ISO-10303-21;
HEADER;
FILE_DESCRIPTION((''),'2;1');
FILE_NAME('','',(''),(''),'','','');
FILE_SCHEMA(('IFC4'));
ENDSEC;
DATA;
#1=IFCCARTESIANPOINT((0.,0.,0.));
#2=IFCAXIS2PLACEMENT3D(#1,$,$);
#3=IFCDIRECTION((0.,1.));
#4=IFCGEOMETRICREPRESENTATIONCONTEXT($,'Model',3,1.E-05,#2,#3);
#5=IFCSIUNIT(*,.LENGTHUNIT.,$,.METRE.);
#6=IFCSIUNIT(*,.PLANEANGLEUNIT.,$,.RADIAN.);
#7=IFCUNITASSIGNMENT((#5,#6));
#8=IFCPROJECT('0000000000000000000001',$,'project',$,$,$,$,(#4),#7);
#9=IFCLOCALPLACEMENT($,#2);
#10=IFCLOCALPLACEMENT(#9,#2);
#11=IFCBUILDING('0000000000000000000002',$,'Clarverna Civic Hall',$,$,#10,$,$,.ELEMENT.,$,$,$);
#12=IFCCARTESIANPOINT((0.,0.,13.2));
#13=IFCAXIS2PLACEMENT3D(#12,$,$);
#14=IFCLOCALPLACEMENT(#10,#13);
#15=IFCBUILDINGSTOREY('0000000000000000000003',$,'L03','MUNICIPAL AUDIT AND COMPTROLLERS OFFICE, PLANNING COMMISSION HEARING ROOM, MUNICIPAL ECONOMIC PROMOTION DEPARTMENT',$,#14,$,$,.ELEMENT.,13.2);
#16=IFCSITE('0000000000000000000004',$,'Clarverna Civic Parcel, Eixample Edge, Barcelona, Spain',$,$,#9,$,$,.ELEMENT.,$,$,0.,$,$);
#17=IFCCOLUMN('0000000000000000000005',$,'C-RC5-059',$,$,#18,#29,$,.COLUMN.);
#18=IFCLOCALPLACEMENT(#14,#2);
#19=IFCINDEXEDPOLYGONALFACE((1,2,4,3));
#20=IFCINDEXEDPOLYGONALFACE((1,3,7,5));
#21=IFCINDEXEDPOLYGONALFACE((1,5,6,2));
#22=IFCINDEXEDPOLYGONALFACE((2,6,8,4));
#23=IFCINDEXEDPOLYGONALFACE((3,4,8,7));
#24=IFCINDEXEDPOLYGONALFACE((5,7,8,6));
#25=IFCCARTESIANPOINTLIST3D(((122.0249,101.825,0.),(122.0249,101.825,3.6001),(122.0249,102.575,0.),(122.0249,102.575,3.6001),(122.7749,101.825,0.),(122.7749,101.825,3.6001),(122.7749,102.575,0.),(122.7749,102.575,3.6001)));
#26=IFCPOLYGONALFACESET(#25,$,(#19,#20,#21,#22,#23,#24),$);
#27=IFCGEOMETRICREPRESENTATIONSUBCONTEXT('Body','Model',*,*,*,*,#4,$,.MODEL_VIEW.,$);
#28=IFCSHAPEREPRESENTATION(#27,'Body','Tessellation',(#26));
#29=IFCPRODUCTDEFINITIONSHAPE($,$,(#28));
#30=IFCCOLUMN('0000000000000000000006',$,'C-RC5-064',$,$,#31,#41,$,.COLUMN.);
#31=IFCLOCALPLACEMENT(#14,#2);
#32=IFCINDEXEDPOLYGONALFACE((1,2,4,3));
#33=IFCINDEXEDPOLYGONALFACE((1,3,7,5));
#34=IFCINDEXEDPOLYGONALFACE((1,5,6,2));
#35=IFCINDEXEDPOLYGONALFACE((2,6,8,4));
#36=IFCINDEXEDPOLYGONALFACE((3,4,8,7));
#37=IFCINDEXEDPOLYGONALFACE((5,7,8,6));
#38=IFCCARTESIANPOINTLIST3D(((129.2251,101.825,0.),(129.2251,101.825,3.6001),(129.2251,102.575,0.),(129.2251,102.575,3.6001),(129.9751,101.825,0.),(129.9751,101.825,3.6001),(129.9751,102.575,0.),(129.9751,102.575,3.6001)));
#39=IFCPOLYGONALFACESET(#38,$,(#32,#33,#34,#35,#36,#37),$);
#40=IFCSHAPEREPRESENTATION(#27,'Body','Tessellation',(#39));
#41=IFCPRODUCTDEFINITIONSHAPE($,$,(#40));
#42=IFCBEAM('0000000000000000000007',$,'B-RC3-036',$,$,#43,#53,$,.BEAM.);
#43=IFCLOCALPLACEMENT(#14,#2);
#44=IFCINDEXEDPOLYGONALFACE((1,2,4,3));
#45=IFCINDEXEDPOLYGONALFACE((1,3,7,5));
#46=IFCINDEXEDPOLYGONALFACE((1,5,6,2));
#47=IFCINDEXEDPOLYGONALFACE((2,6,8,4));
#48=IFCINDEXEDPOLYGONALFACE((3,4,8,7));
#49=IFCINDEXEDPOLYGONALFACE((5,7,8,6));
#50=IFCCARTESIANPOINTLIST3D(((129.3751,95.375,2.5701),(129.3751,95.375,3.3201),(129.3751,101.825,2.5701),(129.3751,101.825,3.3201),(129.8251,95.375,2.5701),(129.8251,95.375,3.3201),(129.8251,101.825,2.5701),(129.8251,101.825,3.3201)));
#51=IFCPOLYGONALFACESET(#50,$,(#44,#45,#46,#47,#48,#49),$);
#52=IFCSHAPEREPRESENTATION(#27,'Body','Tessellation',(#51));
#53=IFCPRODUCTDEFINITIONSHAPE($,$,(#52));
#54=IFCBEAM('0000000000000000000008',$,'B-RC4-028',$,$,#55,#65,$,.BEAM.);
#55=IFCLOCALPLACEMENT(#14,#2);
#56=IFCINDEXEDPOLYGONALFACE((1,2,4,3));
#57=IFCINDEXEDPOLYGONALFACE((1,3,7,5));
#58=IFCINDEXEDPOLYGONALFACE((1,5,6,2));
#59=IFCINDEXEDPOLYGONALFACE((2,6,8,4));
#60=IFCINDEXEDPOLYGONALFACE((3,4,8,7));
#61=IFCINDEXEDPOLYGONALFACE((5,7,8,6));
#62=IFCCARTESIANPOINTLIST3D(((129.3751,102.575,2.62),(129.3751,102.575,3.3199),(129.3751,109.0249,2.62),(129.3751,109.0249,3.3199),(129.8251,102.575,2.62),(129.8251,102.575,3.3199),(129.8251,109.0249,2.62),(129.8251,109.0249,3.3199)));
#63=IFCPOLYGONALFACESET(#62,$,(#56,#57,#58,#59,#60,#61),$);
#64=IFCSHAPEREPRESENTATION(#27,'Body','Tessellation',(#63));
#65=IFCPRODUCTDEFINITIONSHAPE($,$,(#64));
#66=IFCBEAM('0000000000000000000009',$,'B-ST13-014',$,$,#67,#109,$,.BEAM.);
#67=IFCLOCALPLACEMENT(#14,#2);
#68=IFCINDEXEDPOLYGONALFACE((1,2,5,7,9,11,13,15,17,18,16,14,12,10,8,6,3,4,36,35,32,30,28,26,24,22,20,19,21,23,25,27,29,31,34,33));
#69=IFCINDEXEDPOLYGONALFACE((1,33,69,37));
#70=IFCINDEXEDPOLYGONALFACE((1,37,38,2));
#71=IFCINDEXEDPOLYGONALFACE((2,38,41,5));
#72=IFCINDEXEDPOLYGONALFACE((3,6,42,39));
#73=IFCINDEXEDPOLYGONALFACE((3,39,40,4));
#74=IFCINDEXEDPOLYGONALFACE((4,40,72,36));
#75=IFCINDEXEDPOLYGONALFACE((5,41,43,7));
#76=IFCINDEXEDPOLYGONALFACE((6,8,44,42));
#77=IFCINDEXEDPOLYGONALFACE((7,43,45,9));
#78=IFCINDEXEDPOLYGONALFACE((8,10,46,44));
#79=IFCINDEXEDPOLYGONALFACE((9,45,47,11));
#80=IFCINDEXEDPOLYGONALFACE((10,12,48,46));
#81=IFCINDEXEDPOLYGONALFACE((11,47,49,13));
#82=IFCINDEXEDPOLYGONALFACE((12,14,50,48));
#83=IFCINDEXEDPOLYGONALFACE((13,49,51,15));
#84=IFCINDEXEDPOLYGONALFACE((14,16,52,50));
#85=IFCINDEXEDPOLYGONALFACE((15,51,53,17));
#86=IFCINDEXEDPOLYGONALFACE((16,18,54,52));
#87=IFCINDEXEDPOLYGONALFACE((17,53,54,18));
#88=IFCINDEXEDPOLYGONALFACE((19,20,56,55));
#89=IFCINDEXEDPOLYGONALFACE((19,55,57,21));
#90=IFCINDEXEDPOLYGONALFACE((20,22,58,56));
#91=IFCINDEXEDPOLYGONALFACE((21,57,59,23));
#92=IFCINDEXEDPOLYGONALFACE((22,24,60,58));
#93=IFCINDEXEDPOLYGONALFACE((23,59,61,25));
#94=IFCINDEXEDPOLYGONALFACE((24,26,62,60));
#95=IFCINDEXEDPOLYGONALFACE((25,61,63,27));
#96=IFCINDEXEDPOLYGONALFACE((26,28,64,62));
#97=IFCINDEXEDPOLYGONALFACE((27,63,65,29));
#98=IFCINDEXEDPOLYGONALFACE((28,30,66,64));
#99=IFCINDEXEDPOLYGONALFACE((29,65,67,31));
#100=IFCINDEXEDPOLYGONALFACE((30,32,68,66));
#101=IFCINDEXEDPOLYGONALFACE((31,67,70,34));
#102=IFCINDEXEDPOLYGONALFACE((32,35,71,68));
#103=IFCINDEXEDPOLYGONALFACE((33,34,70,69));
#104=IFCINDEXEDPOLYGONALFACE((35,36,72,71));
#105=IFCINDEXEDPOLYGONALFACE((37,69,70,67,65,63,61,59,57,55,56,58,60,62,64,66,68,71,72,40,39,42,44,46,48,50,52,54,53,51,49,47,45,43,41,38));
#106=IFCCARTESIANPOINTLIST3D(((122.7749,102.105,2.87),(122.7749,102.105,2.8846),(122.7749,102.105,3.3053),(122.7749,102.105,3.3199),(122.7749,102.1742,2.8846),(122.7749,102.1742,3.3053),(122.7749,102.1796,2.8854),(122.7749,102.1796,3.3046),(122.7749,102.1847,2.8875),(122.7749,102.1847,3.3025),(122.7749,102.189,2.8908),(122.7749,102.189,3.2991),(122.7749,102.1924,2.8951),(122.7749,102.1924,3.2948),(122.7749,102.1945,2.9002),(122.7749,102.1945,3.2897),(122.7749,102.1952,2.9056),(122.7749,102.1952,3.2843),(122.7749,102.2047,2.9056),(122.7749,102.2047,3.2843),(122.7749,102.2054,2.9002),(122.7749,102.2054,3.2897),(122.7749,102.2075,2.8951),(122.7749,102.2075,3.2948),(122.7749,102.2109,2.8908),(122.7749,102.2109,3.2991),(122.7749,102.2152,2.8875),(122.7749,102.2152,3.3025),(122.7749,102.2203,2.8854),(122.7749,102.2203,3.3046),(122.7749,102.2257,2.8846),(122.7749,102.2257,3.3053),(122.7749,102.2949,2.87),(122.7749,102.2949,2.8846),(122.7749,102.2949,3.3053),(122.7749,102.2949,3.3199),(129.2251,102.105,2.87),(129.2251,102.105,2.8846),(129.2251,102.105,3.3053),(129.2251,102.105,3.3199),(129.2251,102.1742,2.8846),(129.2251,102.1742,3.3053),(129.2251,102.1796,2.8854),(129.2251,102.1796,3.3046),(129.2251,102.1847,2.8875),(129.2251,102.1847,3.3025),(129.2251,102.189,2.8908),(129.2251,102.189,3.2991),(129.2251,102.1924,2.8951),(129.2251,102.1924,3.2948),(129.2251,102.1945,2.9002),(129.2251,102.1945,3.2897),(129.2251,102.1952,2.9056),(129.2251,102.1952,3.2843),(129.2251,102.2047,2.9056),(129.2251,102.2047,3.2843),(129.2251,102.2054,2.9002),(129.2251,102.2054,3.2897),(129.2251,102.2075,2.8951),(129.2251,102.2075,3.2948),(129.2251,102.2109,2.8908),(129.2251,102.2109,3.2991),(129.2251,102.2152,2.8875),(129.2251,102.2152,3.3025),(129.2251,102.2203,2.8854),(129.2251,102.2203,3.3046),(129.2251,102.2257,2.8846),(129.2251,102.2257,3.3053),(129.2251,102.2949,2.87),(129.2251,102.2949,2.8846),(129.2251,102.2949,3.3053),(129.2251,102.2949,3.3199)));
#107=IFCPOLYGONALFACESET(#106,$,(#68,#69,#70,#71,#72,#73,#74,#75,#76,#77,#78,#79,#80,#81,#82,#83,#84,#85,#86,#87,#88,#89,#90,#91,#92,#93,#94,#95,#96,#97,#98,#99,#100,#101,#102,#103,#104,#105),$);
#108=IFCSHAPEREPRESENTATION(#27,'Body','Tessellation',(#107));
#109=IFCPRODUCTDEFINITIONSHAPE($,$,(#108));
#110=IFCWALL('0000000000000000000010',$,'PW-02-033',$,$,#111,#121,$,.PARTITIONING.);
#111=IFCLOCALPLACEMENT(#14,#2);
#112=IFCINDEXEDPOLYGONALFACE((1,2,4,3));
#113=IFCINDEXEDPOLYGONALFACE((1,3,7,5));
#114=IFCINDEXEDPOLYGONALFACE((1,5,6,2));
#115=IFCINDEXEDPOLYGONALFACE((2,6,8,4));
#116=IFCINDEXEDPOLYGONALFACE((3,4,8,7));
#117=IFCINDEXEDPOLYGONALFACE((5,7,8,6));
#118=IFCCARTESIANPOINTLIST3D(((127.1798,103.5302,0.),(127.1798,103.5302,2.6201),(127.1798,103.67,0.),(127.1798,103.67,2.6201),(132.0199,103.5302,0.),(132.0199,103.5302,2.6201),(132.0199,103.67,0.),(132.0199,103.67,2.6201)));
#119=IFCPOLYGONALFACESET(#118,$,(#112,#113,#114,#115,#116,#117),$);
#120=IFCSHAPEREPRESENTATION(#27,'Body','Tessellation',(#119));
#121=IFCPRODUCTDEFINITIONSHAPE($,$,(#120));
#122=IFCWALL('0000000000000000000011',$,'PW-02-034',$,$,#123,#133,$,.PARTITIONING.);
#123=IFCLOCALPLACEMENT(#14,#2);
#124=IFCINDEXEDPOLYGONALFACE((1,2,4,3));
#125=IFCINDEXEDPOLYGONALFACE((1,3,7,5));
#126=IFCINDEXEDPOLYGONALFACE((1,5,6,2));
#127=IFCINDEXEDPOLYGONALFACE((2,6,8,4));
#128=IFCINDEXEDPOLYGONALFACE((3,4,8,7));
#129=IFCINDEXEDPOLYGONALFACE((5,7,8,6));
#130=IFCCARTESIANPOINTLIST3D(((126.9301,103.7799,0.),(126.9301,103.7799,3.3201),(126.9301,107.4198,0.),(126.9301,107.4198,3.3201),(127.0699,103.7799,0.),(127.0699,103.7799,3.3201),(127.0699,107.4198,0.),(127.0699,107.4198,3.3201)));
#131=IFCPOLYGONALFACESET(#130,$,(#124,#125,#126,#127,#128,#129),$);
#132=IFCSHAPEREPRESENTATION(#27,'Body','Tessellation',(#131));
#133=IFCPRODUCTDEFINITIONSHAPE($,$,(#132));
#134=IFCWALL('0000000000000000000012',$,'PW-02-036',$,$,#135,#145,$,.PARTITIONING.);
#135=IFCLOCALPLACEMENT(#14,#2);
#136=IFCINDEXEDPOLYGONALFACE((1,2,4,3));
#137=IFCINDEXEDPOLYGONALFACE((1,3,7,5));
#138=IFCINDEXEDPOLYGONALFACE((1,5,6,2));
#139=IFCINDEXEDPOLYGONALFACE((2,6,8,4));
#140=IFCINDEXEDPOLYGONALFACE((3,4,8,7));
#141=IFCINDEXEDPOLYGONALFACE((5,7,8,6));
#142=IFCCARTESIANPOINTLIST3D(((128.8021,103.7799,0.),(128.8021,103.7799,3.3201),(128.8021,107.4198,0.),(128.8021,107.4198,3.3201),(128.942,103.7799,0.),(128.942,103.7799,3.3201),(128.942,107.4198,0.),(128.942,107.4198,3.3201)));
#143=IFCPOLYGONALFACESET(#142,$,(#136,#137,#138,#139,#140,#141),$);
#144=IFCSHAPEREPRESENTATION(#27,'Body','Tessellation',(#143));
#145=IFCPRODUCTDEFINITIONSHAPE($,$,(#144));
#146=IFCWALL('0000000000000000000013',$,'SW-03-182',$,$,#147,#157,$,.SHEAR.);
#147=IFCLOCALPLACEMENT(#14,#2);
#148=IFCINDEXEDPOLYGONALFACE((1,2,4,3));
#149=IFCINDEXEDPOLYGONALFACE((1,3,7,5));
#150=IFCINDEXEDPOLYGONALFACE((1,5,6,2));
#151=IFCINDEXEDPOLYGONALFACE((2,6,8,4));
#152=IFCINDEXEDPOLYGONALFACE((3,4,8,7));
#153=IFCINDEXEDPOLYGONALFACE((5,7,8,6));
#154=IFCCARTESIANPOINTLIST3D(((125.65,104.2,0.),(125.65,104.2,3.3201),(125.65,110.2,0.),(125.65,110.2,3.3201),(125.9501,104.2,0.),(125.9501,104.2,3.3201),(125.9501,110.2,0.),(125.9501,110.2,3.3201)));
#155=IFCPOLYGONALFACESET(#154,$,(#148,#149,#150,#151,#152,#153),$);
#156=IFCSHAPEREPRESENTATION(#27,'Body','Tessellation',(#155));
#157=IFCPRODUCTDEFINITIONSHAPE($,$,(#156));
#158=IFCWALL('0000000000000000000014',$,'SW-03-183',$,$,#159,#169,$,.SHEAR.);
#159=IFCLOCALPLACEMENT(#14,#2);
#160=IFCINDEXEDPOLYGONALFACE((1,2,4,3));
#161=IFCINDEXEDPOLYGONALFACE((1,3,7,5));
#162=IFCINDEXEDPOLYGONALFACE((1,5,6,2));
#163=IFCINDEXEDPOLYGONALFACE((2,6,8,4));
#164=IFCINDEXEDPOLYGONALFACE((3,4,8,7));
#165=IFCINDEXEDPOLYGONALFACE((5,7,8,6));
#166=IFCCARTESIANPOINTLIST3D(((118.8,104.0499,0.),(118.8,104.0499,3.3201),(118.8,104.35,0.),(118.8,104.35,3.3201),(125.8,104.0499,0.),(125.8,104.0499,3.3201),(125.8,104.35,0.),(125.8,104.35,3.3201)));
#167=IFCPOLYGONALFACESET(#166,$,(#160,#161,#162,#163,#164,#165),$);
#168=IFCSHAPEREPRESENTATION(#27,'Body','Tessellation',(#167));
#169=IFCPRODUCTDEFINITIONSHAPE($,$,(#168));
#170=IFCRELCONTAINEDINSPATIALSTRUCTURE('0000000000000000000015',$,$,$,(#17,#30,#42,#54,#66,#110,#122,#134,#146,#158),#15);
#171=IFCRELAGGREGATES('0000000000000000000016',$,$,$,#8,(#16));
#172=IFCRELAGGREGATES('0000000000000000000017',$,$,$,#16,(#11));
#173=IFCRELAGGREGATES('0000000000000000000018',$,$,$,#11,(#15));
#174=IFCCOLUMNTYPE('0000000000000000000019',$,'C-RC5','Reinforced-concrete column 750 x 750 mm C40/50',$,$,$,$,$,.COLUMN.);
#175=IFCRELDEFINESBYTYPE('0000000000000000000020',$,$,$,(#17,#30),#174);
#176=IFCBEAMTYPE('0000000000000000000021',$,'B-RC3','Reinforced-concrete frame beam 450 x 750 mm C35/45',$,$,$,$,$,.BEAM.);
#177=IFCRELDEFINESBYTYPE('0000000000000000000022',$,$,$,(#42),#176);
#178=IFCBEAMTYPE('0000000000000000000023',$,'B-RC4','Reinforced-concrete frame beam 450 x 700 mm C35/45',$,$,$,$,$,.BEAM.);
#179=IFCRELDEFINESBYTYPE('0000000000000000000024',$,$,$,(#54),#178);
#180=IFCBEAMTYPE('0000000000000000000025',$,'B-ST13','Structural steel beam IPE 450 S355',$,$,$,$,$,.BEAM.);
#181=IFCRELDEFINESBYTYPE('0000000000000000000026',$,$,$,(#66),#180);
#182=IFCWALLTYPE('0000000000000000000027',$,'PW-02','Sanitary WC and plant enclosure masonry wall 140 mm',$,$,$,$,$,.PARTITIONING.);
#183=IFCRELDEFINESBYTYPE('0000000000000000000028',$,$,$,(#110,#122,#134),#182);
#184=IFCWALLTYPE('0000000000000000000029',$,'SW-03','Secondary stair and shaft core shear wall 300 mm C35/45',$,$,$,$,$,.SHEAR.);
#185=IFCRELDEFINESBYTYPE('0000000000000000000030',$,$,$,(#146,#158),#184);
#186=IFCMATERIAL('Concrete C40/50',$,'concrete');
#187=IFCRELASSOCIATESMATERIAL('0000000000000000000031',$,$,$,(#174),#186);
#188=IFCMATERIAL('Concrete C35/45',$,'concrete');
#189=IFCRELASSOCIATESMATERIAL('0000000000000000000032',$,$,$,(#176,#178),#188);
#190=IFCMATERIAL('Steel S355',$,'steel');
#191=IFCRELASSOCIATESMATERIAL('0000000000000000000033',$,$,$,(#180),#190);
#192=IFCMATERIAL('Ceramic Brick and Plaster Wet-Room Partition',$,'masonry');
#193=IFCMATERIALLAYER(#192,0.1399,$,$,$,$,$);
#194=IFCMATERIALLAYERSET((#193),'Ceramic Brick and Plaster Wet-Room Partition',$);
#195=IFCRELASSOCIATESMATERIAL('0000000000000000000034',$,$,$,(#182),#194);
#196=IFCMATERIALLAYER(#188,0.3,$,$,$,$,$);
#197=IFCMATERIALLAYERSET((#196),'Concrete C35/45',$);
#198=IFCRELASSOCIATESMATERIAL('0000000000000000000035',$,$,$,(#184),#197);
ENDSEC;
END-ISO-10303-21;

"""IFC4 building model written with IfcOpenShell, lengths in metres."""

from ifc_helpers import new_model, si_unit, direction, frame, frame_2d, origin, origin_2d, place, context, subcontext, project, spatial, rectangle, i_section, extrude, material, layer, layer_set, material_profile, profile_set, type_object, element, save


model = new_model("IFC4")

# Units and contexts
model_context = context("Model", 3, precision=1e-05, world=origin(), true_north=direction((0.0, 1.0)))
body_context = subcontext(model_context, "Body", "Model", "MODEL_VIEW")
ifc_project = project(units=[si_unit("LENGTHUNIT", "METRE"), si_unit("PLANEANGLEUNIT", "RADIAN")], contexts=[model_context])

# Site, building, storey
site_placement = place(None, origin())
site = spatial("IfcSite", under=ifc_project, at=site_placement, Name="Clarverna Civic Parcel, Eixample Edge, Barcelona, Spain", CompositionType="ELEMENT", RefElevation=0.0)
building_placement = place(site_placement, origin())
building = spatial("IfcBuilding", under=site, at=building_placement, Name="Clarverna Civic Hall", CompositionType="ELEMENT")
storey_placement = place(building_placement, frame((0.0, 0.0, 13.2)))
storey = spatial("IfcBuildingStorey", under=building, at=storey_placement, Name="L03", Description="MUNICIPAL AUDIT AND COMPTROLLERS OFFICE, PLANNING COMMISSION HEARING ROOM, MUNICIPAL ECONOMIC PROMOTION DEPARTMENT", CompositionType="ELEMENT", Elevation=13.2)

# Columns
ifc_material_1 = material(Name="Concrete C40/50", Category="concrete")
ifc_material_profile_1 = material_profile(ifc_material_1, rectangle(XDim=0.75, YDim=0.75, at=origin_2d()), Name="RC 750x750")
ifc_profile_set_1 = profile_set([ifc_material_profile_1], Name="Concrete C40/50")
column_type = type_object("IfcColumnType", Name="C-RC5", Description="Reinforced-concrete column 750 x 750 mm C40/50", PredefinedType="COLUMN", material=ifc_profile_set_1)
for number, where, z_axis, x_axis, name in (
    (1, (122.3999, 102.2, 0.0), (0.0, 0.0, 1.0), (1.0, 0.0, 0.0), "C-RC5-059"),
    (2, (129.6001, 102.2, 0.0), (0.0, 0.0, 1.0), (1.0, 0.0, 0.0), "C-RC5-064"),
):
    element("IfcColumn", number, at=place(storey_placement, frame(where, z_axis=z_axis, x_axis=x_axis)), inside=storey, type_object=column_type, Name=name, PredefinedType="COLUMN", context=body_context, shape_type="SweptSolid", body=[
        extrude(rectangle(XDim=0.75, YDim=0.75, at=origin_2d()), origin(), (0.0, 0.0, 1.0), 3.6001),
    ])

# Beams
ifc_material_2 = material(Name="Concrete C35/45", Category="concrete")
ifc_material_profile_2 = material_profile(ifc_material_2, rectangle(XDim=0.45, YDim=0.75, at=origin_2d()), Name="RC 450x750")
ifc_profile_set_2 = profile_set([ifc_material_profile_2], Name="Concrete C35/45")
beam_type_1 = type_object("IfcBeamType", Name="B-RC3", Description="Reinforced-concrete frame beam 450 x 750 mm C35/45", PredefinedType="BEAM", material=ifc_profile_set_2)
beam_1_placement = place(storey_placement, frame((129.6001, 95.375, 2.9451), z_axis=(0.0, 1.0, 0.0), x_axis=(-1.0, 0.0, 0.0)))
element("IfcBeam", 3, at=beam_1_placement, inside=storey, type_object=beam_type_1, Name="B-RC3-036", PredefinedType="BEAM", context=body_context, shape_type="SweptSolid", body=[
    extrude(rectangle(XDim=0.45, YDim=0.75, at=origin_2d()), origin(), (0.0, 0.0, 1.0), 6.45),
])
ifc_material_profile_3 = material_profile(ifc_material_2, rectangle(XDim=0.45, YDim=0.7, at=origin_2d()), Name="RC 450x700")
ifc_profile_set_3 = profile_set([ifc_material_profile_3], Name="Concrete C35/45")
beam_type_2 = type_object("IfcBeamType", Name="B-RC4", Description="Reinforced-concrete frame beam 450 x 700 mm C35/45", PredefinedType="BEAM", material=ifc_profile_set_3)
beam_2_placement = place(storey_placement, frame((129.6001, 102.575, 2.97), z_axis=(0.0, 1.0, 0.0), x_axis=(-1.0, 0.0, 0.0)))
element("IfcBeam", 4, at=beam_2_placement, inside=storey, type_object=beam_type_2, Name="B-RC4-028", PredefinedType="BEAM", context=body_context, shape_type="SweptSolid", body=[
    extrude(rectangle(XDim=0.45, YDim=0.7, at=origin_2d()), origin(), (0.0, 0.0, 1.0), 6.45),
])
ifc_material_3 = material(Name="Steel S355", Category="steel")
ifc_material_profile_4 = material_profile(ifc_material_3, i_section(OverallWidth=0.1899, OverallDepth=0.45, WebThickness=0.0095, FlangeThickness=0.0146, FilletRadius=0.021, at=origin_2d()), Name="IPE 450")
ifc_profile_set_4 = profile_set([ifc_material_profile_4], Name="Steel S355")
beam_type_3 = type_object("IfcBeamType", Name="B-ST13", Description="Structural steel beam IPE 450 S355", PredefinedType="BEAM", material=ifc_profile_set_4)
beam_3_placement = place(storey_placement, frame((122.7749, 102.2, 3.095), z_axis=(1.0, 0.0, 0.0), x_axis=(0.0, 1.0, 0.0)))
element("IfcBeam", 5, at=beam_3_placement, inside=storey, type_object=beam_type_3, Name="B-ST13-014", PredefinedType="BEAM", context=body_context, shape_type="SweptSolid", body=[
    extrude(i_section(OverallWidth=0.1899, OverallDepth=0.45, WebThickness=0.0095, FlangeThickness=0.0146, FilletRadius=0.021, at=origin_2d()), origin(), (0.0, 0.0, 1.0), 6.4502),
])

# Walls
ifc_material_4 = material(Name="Ceramic Brick and Plaster Wet-Room Partition", Category="masonry")
ifc_layer_1 = layer(ifc_material_4, 0.1399)
ifc_layer_set_1 = layer_set([ifc_layer_1], Name="Ceramic Brick and Plaster Wet-Room Partition")
wall_type_1 = type_object("IfcWallType", Name="PW-02", Description="Sanitary WC and plant enclosure masonry wall 140 mm", PredefinedType="PARTITIONING", material=ifc_layer_set_1)
wall_1_placement = place(storey_placement, frame((127.1799, 103.6001, 0.0), z_axis=(0.0, 0.0, 1.0), x_axis=(1.0, 0.0, 0.0)))
element("IfcWall", 6, at=wall_1_placement, inside=storey, type_object=wall_type_1, Name="PW-02-033", PredefinedType="PARTITIONING", context=body_context, shape_type="SweptSolid", body=[
    extrude(rectangle(XDim=4.8401, YDim=0.1399, at=frame_2d((2.4199, 0.0))), origin(), (0.0, 0.0, 1.0), 2.6201),
])
for number, where, z_axis, x_axis, name in (
    (7, (127.0, 103.78, 0.0), (0.0, 0.0, 1.0), (0.0, 1.0, 0.0), "PW-02-034"),
    (8, (128.8721, 103.78, 0.0), (0.0, 0.0, 1.0), (0.0, 1.0, 0.0), "PW-02-036"),
):
    element("IfcWall", number, at=place(storey_placement, frame(where, z_axis=z_axis, x_axis=x_axis)), inside=storey, type_object=wall_type_1, Name=name, PredefinedType="PARTITIONING", context=body_context, shape_type="SweptSolid", body=[
        extrude(rectangle(XDim=3.6399, YDim=0.1399, at=frame_2d((1.8198, 0.0))), origin(), (0.0, 0.0, 1.0), 3.3201),
    ])

# Shared definitions
ifc_layer_2 = layer(ifc_material_2, 0.3)
ifc_layer_set_2 = layer_set([ifc_layer_2], Name="Concrete C35/45")
wall_type_2 = type_object("IfcWallType", Name="SW-03", Description="Secondary stair and shaft core shear wall 300 mm C35/45", PredefinedType="SHEAR", material=ifc_layer_set_2)

# Walls
wall_2_placement = place(storey_placement, frame((125.8, 104.2, 0.0), z_axis=(0.0, 0.0, 1.0), x_axis=(0.0, 1.0, 0.0)))
element("IfcWall", 9, at=wall_2_placement, inside=storey, type_object=wall_type_2, Name="SW-03-182", PredefinedType="SHEAR", context=body_context, shape_type="SweptSolid", body=[
    extrude(rectangle(XDim=6.0, YDim=0.3, at=frame_2d((3.0, 0.0))), origin(), (0.0, 0.0, 1.0), 3.3201),
])
wall_3_placement = place(storey_placement, frame((118.8, 104.2, 0.0), z_axis=(0.0, 0.0, 1.0), x_axis=(1.0, 0.0, 0.0)))
element("IfcWall", 10, at=wall_3_placement, inside=storey, type_object=wall_type_2, Name="SW-03-183", PredefinedType="SHEAR", context=body_context, shape_type="SweptSolid", body=[
    extrude(rectangle(XDim=7.0, YDim=0.3, at=frame_2d((3.5, 0.0))), origin(), (0.0, 0.0, 1.0), 3.3201),
])

save(model, "model.ifc")
